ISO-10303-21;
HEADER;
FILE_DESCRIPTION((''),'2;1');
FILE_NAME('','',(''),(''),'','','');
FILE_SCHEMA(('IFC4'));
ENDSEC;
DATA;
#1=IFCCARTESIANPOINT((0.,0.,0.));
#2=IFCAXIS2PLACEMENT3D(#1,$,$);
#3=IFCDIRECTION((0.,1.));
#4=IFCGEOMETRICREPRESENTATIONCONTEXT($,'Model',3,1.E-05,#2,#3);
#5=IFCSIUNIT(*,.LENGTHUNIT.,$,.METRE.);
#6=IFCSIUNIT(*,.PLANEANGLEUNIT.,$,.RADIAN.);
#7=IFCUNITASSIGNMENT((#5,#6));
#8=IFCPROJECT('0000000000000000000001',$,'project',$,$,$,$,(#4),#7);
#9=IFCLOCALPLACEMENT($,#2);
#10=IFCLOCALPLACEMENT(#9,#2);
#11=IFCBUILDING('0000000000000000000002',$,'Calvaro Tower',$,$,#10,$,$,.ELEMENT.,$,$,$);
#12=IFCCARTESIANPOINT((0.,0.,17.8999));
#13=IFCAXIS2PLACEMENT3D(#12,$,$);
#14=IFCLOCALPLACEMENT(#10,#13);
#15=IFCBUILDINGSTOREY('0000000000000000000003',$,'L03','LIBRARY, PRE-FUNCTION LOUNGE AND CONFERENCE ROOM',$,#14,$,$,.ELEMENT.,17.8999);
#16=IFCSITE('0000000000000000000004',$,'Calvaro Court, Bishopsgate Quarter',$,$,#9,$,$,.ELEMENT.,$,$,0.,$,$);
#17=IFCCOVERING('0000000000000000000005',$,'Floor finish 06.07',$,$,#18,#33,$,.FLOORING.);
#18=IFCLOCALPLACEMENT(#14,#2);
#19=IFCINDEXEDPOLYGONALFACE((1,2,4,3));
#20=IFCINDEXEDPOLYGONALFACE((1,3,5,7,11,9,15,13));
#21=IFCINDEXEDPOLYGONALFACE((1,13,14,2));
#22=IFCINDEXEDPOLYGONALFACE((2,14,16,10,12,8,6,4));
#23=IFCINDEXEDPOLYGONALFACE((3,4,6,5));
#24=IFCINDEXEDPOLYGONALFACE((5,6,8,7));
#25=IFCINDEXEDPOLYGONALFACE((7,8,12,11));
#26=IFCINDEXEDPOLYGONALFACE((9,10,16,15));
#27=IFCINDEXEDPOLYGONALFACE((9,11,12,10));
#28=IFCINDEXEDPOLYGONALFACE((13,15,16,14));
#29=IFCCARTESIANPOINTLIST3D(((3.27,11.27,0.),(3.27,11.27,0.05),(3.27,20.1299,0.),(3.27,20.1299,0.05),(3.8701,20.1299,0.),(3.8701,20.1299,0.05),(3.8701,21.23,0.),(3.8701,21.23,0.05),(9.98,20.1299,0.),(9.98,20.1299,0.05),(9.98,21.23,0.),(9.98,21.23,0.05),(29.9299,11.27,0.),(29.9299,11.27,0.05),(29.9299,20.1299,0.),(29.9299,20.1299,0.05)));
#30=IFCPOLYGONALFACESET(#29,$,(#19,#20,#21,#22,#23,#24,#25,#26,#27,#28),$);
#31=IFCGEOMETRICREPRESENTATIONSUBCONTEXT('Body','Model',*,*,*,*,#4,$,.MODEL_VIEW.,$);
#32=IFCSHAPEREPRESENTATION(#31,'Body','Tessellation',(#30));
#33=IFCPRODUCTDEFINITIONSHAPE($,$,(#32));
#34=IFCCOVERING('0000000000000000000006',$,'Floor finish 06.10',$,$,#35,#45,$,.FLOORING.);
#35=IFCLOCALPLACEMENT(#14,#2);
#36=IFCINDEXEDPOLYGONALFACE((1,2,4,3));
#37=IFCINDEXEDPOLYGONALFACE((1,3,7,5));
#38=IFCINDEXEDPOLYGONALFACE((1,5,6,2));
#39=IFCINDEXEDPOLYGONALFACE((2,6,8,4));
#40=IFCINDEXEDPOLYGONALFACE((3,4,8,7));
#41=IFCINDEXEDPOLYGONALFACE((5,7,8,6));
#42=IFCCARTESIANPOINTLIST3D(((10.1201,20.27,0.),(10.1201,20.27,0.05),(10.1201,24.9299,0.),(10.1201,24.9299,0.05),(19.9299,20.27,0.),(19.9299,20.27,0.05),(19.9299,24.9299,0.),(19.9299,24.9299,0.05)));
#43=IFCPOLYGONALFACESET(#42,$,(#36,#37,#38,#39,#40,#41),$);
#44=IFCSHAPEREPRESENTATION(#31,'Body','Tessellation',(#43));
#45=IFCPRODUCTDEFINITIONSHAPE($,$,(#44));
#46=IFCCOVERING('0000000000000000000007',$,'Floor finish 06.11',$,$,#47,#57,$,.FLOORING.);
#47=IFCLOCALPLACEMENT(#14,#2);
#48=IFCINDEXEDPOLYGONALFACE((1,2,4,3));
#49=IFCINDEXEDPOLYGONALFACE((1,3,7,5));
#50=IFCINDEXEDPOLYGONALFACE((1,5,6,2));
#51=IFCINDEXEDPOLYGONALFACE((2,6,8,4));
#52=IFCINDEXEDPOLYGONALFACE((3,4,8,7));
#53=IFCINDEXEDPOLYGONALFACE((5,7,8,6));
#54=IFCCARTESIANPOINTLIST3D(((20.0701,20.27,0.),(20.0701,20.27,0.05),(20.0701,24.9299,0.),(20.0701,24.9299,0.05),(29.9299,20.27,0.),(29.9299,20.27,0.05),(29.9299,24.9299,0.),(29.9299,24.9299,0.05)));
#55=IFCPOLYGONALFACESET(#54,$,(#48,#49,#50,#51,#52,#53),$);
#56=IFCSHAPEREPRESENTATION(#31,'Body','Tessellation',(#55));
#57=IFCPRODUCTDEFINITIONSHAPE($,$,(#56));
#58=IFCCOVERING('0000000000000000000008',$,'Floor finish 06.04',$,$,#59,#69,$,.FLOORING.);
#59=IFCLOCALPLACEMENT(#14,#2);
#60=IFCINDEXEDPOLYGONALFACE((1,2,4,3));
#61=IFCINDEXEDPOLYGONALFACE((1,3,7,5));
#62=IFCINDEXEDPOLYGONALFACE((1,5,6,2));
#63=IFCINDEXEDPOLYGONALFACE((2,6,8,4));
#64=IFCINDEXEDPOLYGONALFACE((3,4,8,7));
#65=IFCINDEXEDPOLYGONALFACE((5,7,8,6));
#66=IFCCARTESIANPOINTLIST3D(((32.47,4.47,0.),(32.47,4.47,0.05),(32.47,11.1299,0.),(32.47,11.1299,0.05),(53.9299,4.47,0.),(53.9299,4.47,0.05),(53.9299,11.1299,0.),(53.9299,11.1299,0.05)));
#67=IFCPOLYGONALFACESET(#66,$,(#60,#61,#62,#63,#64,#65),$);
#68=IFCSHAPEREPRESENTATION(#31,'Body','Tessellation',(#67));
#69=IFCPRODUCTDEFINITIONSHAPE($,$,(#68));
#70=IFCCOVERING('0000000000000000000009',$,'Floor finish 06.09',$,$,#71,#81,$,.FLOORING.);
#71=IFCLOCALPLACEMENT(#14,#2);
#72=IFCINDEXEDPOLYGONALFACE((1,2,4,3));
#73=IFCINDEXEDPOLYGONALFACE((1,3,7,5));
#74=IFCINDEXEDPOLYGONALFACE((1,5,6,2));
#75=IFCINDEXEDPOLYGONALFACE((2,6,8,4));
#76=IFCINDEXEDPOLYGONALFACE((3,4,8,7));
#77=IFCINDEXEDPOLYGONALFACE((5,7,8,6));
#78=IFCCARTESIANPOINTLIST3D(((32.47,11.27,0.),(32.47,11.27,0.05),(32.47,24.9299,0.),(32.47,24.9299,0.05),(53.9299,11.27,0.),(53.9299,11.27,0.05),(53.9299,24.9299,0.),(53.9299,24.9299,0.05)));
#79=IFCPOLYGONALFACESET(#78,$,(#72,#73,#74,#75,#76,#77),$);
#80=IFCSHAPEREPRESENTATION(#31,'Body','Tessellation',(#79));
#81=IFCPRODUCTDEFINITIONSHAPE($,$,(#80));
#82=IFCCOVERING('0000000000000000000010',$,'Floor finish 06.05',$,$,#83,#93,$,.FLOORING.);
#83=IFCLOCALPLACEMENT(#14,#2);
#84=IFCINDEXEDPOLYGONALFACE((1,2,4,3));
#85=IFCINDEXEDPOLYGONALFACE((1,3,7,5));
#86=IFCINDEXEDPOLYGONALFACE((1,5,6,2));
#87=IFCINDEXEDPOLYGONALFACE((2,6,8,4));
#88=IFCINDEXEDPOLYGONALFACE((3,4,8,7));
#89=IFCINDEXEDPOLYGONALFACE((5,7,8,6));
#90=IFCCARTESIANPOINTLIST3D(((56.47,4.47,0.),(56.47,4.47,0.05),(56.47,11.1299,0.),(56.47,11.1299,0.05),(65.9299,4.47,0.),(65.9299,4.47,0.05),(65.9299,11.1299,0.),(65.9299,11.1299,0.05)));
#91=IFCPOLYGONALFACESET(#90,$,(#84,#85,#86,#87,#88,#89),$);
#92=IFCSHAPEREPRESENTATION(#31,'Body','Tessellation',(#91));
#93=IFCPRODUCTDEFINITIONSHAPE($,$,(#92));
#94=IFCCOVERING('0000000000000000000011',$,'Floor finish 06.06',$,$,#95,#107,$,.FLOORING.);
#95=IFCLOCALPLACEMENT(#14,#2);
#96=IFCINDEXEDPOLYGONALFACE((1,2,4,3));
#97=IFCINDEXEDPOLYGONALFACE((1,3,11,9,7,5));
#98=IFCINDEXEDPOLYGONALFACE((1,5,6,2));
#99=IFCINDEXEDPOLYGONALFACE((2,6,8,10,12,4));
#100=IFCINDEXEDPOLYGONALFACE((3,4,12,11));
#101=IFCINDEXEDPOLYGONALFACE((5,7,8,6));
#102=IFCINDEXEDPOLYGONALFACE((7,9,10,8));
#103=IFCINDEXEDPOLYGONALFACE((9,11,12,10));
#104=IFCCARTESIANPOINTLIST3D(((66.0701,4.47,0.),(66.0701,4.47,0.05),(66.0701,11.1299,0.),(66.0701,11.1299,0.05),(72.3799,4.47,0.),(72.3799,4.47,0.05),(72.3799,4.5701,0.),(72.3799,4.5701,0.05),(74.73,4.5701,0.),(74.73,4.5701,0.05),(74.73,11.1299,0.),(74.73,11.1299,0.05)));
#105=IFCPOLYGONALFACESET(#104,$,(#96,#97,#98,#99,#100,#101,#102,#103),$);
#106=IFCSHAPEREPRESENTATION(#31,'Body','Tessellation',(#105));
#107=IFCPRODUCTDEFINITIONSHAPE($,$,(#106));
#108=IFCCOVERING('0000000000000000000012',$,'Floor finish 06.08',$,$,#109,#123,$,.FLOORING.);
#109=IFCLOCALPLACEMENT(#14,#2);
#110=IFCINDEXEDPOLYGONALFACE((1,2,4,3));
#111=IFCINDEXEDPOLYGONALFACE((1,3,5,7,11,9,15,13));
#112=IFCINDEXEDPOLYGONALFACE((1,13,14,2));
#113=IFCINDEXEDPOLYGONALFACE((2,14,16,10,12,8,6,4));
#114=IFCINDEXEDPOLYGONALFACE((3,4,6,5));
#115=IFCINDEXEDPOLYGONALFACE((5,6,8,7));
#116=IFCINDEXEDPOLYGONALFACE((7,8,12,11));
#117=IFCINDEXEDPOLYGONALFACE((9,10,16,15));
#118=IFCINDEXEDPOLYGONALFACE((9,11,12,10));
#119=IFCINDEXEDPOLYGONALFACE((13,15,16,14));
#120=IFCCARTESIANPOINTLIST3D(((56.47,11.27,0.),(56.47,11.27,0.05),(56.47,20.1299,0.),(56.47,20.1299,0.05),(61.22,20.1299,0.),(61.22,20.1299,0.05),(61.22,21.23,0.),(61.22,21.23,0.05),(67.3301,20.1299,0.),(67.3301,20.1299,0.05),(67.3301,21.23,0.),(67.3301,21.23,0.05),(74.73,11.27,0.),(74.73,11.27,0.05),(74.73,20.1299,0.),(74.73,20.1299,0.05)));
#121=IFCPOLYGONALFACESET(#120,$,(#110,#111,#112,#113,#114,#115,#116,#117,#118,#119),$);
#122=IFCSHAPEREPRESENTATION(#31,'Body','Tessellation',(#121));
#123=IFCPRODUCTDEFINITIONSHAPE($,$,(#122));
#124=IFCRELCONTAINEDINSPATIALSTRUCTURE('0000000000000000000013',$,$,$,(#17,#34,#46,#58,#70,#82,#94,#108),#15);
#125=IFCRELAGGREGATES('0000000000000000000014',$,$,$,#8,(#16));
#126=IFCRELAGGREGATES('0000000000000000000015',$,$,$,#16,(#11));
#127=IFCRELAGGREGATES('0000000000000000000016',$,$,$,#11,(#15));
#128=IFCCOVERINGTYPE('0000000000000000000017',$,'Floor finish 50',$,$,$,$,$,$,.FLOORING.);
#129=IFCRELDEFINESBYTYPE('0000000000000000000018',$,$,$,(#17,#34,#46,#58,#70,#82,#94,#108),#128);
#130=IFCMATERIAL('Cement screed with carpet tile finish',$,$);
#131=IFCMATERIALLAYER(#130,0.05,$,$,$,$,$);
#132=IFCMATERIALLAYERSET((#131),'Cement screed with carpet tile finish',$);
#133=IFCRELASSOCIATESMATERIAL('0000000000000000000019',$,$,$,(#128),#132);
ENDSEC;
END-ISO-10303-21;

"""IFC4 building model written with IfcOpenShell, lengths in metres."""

from ifc_helpers import new_model, si_unit, direction, frame, origin, place, context, subcontext, project, spatial, polyline, outline, extrude, material, layer, layer_set, type_object, element, save


model = new_model("IFC4")

# Units and contexts
model_context = context("Model", 3, precision=1e-05, world=origin(), true_north=direction((0.0, 1.0)))
body_context = subcontext(model_context, "Body", "Model", "MODEL_VIEW")
ifc_project = project(units=[si_unit("LENGTHUNIT", "METRE"), si_unit("PLANEANGLEUNIT", "RADIAN")], contexts=[model_context])

# Site, building, storey
site_placement = place(None, origin())
site = spatial("IfcSite", under=ifc_project, at=site_placement, Name="Calvaro Court, Bishopsgate Quarter", CompositionType="ELEMENT", RefElevation=0.0)
building_placement = place(site_placement, origin())
building = spatial("IfcBuilding", under=site, at=building_placement, Name="Calvaro Tower", CompositionType="ELEMENT")
storey_placement = place(building_placement, frame((0.0, 0.0, 17.8999)))
storey = spatial("IfcBuildingStorey", under=building, at=storey_placement, Name="L03", Description="LIBRARY, PRE-FUNCTION LOUNGE AND CONFERENCE ROOM", CompositionType="ELEMENT", Elevation=17.8999)

# Coverings
ifc_material_1 = material(Name="Cement screed with carpet tile finish")
ifc_layer_1 = layer(ifc_material_1, 0.05)
ifc_layer_set_1 = layer_set([ifc_layer_1], Name="Cement screed with carpet tile finish")
covering_type = type_object("IfcCoveringType", Name="Floor finish 50", PredefinedType="FLOORING", material=ifc_layer_set_1)
covering_1_placement = place(storey_placement, origin())
element("IfcCovering", 1, at=covering_1_placement, inside=storey, type_object=covering_type, Name="Floor finish 06.07", PredefinedType="FLOORING", context=body_context, shape_type="SweptSolid", body=[
    extrude(outline(polyline([(3.27, 20.1299), (3.8701, 20.1299), (3.8701, 21.23), (9.98, 21.23), (9.98, 20.1299), (29.9299, 20.1299), (29.9299, 11.27), (3.27, 11.27), (3.27, 20.1299)])), origin(), (0.0, 0.0, 1.0), 0.05),
])
covering_2_placement = place(storey_placement, origin())
element("IfcCovering", 2, at=covering_2_placement, inside=storey, type_object=covering_type, Name="Floor finish 06.10", PredefinedType="FLOORING", context=body_context, shape_type="SweptSolid", body=[
    extrude(outline(polyline([(10.1201, 20.27), (10.1201, 24.9299), (19.9299, 24.9299), (19.9299, 20.27), (10.1201, 20.27)])), origin(), (0.0, 0.0, 1.0), 0.05),
])
covering_3_placement = place(storey_placement, origin())
element("IfcCovering", 3, at=covering_3_placement, inside=storey, type_object=covering_type, Name="Floor finish 06.11", PredefinedType="FLOORING", context=body_context, shape_type="SweptSolid", body=[
    extrude(outline(polyline([(20.0701, 20.27), (20.0701, 24.9299), (29.9299, 24.9299), (29.9299, 20.27), (20.0701, 20.27)])), origin(), (0.0, 0.0, 1.0), 0.05),
])
covering_4_placement = place(storey_placement, origin())
element("IfcCovering", 4, at=covering_4_placement, inside=storey, type_object=covering_type, Name="Floor finish 06.04", PredefinedType="FLOORING", context=body_context, shape_type="SweptSolid", body=[
    extrude(outline(polyline([(32.47, 4.47), (32.47, 11.1299), (53.9299, 11.1299), (53.9299, 4.47), (32.47, 4.47)])), origin(), (0.0, 0.0, 1.0), 0.05),
])
covering_5_placement = place(storey_placement, origin())
element("IfcCovering", 5, at=covering_5_placement, inside=storey, type_object=covering_type, Name="Floor finish 06.09", PredefinedType="FLOORING", context=body_context, shape_type="SweptSolid", body=[
    extrude(outline(polyline([(32.47, 11.27), (32.47, 24.9299), (53.9299, 24.9299), (53.9299, 11.27), (32.47, 11.27)])), origin(), (0.0, 0.0, 1.0), 0.05),
])
covering_6_placement = place(storey_placement, origin())
element("IfcCovering", 6, at=covering_6_placement, inside=storey, type_object=covering_type, Name="Floor finish 06.05", PredefinedType="FLOORING", context=body_context, shape_type="SweptSolid", body=[
    extrude(outline(polyline([(56.47, 4.47), (56.47, 11.1299), (65.9299, 11.1299), (65.9299, 4.47), (56.47, 4.47)])), origin(), (0.0, 0.0, 1.0), 0.05),
])
covering_7_placement = place(storey_placement, origin())
element("IfcCovering", 7, at=covering_7_placement, inside=storey, type_object=covering_type, Name="Floor finish 06.06", PredefinedType="FLOORING", context=body_context, shape_type="SweptSolid", body=[
    extrude(outline(polyline([(66.0701, 4.47), (66.0701, 11.1299), (74.73, 11.1299), (74.73, 4.5701), (72.3799, 4.5701), (72.3799, 4.47), (66.0701, 4.47)])), origin(), (0.0, 0.0, 1.0), 0.05),
])
covering_8_placement = place(storey_placement, origin())
element("IfcCovering", 8, at=covering_8_placement, inside=storey, type_object=covering_type, Name="Floor finish 06.08", PredefinedType="FLOORING", context=body_context, shape_type="SweptSolid", body=[
    extrude(outline(polyline([(56.47, 20.1299), (61.22, 20.1299), (61.22, 21.23), (67.3301, 21.23), (67.3301, 20.1299), (74.73, 20.1299), (74.73, 11.27), (56.47, 11.27), (56.47, 20.1299)])), origin(), (0.0, 0.0, 1.0), 0.05),
])

save(model, "model.ifc")
